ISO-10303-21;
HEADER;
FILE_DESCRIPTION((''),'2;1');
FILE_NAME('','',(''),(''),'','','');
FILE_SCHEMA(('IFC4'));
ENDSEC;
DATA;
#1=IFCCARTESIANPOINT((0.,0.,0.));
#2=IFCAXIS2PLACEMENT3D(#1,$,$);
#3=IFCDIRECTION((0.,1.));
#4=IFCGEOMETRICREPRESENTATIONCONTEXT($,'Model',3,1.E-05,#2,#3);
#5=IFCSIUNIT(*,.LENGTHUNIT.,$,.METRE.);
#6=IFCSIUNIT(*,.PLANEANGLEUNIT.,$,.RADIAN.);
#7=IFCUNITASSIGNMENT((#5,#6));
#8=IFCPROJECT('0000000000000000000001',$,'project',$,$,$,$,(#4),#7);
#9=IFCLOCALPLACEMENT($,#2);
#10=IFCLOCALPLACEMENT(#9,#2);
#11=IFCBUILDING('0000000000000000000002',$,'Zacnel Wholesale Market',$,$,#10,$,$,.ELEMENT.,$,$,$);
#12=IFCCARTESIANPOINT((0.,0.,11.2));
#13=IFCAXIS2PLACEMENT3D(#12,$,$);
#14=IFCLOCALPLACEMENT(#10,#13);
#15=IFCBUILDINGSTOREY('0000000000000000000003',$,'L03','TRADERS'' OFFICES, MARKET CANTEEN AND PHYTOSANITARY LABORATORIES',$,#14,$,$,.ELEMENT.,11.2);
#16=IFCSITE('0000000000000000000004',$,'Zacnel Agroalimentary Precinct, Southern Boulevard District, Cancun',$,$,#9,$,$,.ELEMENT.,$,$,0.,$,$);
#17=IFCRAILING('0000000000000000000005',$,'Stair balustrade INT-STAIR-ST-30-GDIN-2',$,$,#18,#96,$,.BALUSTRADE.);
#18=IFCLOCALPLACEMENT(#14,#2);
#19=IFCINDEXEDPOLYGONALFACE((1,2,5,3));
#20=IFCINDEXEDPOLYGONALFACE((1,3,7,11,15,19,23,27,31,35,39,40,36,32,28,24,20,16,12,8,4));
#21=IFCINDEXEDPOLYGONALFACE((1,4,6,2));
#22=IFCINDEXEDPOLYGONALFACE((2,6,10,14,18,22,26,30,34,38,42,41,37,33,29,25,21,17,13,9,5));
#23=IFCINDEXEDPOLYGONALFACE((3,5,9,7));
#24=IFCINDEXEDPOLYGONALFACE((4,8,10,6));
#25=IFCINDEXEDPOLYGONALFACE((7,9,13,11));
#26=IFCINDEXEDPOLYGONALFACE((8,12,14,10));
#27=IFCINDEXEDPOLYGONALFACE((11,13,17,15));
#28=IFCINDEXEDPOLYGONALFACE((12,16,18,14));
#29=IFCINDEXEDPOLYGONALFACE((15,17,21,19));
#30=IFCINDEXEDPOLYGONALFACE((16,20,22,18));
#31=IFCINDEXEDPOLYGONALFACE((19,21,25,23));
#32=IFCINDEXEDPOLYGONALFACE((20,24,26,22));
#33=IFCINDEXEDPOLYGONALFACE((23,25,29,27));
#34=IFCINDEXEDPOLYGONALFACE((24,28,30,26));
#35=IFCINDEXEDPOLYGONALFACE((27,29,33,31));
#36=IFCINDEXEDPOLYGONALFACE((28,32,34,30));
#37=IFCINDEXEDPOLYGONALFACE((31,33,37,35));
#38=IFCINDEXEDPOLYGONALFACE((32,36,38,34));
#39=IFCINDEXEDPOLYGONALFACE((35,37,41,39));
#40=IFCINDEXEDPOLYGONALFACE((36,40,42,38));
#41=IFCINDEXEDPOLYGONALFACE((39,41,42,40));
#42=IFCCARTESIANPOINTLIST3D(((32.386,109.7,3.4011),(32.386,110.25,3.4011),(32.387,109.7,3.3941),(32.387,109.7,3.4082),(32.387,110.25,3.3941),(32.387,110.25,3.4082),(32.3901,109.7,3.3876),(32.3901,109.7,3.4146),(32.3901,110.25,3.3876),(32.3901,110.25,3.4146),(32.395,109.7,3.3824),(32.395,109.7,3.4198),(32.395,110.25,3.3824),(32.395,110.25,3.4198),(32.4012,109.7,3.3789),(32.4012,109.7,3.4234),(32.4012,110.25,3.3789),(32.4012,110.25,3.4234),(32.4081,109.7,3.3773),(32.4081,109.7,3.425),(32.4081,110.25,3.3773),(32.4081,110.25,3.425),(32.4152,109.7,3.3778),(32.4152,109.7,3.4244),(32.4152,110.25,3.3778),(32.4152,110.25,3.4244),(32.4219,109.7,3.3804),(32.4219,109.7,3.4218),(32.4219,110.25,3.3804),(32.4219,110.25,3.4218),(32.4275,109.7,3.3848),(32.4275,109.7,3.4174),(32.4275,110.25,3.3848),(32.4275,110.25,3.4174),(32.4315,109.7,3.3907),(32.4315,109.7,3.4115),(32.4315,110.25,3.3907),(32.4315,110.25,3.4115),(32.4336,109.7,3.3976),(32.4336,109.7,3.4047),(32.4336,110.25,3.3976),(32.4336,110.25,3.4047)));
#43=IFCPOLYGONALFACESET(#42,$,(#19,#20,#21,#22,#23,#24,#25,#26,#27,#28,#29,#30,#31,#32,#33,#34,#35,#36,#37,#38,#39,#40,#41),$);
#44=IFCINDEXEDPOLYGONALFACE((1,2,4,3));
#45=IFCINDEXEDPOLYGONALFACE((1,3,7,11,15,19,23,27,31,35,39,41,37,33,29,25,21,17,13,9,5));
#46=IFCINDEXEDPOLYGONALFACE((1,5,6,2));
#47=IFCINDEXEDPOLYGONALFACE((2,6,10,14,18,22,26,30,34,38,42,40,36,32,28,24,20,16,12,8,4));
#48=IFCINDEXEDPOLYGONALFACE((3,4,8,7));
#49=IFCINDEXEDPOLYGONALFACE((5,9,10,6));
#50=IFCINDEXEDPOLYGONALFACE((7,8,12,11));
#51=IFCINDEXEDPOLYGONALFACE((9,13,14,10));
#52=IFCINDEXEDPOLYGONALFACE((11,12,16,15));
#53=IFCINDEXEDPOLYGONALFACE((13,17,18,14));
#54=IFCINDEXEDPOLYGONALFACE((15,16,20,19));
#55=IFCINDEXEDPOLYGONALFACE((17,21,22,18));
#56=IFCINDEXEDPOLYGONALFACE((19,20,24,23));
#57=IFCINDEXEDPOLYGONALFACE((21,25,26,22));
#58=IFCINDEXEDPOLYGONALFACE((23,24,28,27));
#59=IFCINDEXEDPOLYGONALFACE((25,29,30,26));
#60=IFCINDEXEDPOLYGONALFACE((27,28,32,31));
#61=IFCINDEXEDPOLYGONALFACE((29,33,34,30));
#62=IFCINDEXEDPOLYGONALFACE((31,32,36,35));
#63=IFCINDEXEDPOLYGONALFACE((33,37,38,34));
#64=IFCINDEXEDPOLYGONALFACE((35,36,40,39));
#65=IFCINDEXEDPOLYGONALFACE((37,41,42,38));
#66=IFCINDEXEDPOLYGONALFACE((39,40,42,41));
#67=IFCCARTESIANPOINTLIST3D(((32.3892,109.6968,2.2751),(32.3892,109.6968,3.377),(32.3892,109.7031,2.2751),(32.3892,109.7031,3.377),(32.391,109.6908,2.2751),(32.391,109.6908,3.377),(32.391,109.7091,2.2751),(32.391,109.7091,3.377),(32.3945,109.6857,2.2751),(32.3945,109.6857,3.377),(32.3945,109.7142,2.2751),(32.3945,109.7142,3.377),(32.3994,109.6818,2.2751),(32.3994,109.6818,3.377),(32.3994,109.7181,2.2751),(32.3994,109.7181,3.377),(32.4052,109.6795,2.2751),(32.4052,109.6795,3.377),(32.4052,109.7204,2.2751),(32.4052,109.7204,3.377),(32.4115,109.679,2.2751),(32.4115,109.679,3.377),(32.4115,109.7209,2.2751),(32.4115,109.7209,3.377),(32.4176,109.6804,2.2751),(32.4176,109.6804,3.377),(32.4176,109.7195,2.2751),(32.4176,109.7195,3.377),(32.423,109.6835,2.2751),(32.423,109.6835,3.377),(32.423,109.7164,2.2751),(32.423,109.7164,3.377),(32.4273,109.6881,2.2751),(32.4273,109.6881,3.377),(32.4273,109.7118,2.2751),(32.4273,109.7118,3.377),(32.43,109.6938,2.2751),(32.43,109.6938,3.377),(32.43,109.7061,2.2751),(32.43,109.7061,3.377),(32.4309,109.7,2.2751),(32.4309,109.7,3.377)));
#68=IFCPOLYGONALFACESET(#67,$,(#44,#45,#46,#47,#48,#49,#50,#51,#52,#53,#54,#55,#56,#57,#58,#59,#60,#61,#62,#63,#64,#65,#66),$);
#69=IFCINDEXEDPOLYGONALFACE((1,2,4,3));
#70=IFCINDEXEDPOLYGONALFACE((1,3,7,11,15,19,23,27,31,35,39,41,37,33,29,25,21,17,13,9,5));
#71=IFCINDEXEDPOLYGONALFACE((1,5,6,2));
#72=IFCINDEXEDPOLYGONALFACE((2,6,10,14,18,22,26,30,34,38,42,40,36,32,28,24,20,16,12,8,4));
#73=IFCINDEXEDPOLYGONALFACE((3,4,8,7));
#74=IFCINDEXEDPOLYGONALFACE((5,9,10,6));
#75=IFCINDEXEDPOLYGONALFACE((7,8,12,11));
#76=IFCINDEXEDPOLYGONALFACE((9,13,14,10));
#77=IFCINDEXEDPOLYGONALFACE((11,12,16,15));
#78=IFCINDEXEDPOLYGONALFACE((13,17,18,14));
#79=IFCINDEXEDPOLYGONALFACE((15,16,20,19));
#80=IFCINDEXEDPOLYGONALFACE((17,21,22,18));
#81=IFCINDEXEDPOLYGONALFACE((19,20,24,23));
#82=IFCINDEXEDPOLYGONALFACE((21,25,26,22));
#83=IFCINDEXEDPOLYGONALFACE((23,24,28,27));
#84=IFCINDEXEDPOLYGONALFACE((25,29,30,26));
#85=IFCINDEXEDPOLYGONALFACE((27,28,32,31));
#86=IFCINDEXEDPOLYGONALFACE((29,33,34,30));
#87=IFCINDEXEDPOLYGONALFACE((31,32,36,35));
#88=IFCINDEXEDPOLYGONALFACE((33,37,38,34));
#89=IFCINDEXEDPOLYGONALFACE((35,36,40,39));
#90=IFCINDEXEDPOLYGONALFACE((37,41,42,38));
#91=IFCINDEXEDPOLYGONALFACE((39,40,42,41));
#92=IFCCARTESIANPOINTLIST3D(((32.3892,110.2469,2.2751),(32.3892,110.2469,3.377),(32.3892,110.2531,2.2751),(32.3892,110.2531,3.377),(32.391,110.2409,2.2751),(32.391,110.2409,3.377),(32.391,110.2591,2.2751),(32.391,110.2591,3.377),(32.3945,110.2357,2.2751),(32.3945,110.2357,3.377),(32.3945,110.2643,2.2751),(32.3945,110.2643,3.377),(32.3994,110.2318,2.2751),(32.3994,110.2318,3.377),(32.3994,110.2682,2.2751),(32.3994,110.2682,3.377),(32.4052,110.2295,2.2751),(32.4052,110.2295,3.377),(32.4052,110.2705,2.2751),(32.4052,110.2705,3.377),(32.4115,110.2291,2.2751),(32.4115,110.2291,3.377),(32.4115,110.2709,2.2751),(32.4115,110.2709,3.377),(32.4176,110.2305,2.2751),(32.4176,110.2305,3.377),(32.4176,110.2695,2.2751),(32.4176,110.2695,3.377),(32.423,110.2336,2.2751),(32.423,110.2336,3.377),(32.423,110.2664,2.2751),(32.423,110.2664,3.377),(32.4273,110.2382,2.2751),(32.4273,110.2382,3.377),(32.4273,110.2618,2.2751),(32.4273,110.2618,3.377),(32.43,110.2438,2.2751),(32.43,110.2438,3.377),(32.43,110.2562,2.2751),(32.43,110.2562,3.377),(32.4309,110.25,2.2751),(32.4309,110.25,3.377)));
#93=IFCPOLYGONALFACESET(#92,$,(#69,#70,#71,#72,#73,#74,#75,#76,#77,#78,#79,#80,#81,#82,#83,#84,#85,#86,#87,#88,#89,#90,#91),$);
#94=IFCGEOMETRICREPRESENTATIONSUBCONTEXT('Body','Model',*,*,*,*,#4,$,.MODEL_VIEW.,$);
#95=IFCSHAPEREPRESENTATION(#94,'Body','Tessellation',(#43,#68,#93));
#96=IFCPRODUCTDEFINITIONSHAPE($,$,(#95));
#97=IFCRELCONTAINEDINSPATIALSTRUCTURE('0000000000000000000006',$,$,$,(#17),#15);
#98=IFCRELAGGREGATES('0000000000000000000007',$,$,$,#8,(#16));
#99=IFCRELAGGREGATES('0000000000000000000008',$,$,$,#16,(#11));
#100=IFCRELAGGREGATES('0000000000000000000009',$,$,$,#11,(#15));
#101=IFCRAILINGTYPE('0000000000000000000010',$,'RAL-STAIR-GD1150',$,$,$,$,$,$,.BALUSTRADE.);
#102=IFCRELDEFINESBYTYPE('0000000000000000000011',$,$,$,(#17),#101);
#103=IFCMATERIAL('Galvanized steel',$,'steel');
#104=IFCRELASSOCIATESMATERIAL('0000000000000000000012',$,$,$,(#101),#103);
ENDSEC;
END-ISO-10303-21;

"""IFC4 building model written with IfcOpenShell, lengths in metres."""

from ifc_helpers import new_model, si_unit, direction, frame, origin, origin_2d, place, context, subcontext, project, spatial, circle, extrude, material, type_object, element, save


model = new_model("IFC4")

# Units and contexts
model_context = context("Model", 3, precision=1e-05, world=origin(), true_north=direction((0.0, 1.0)))
body_context = subcontext(model_context, "Body", "Model", "MODEL_VIEW")
ifc_project = project(units=[si_unit("LENGTHUNIT", "METRE"), si_unit("PLANEANGLEUNIT", "RADIAN")], contexts=[model_context])

# Site, building, storey
site_placement = place(None, origin())
site = spatial("IfcSite", under=ifc_project, at=site_placement, Name="Zacnel Agroalimentary Precinct, Southern Boulevard District, Cancun", CompositionType="ELEMENT", RefElevation=0.0)
building_placement = place(site_placement, origin())
building = spatial("IfcBuilding", under=site, at=building_placement, Name="Zacnel Wholesale Market", CompositionType="ELEMENT")
storey_placement = place(building_placement, frame((0.0, 0.0, 11.2)))
storey = spatial("IfcBuildingStorey", under=building, at=storey_placement, Name="L03", Description="TRADERS' OFFICES, MARKET CANTEEN AND PHYTOSANITARY LABORATORIES", CompositionType="ELEMENT", Elevation=11.2)

# Railing
ifc_material_1 = material(Name="Galvanized steel", Category="steel")
railing_type_1 = type_object("IfcRailingType", Name="RAL-STAIR-GD1150", PredefinedType="BALUSTRADE", material=ifc_material_1)
railing_1_placement = place(storey_placement, frame((32.4099, 109.7, 2.2751)))
element("IfcRailing", 1, at=railing_1_placement, inside=storey, type_object=railing_type_1, Name="Stair balustrade INT-STAIR-ST-30-GDIN-2", PredefinedType="BALUSTRADE", context=body_context, shape_type="SweptSolid", body=[
    extrude(circle(Radius=0.0239, at=origin_2d()), frame((0.0, 0.0, 1.126), z_axis=(0.0, 1.0, 0.0), x_axis=(-1.0, 0.0, 0.0)), (0.0, 0.0, 1.0), 0.55),
    extrude(circle(Radius=0.021, at=origin_2d()), origin(), (0.0, 0.0, 1.0), 1.1018),
    extrude(circle(Radius=0.021, at=origin_2d()), frame((0.0, 0.55, 0.0)), (0.0, 0.0, 1.0), 1.1018),
])

save(model, "model.ifc")
